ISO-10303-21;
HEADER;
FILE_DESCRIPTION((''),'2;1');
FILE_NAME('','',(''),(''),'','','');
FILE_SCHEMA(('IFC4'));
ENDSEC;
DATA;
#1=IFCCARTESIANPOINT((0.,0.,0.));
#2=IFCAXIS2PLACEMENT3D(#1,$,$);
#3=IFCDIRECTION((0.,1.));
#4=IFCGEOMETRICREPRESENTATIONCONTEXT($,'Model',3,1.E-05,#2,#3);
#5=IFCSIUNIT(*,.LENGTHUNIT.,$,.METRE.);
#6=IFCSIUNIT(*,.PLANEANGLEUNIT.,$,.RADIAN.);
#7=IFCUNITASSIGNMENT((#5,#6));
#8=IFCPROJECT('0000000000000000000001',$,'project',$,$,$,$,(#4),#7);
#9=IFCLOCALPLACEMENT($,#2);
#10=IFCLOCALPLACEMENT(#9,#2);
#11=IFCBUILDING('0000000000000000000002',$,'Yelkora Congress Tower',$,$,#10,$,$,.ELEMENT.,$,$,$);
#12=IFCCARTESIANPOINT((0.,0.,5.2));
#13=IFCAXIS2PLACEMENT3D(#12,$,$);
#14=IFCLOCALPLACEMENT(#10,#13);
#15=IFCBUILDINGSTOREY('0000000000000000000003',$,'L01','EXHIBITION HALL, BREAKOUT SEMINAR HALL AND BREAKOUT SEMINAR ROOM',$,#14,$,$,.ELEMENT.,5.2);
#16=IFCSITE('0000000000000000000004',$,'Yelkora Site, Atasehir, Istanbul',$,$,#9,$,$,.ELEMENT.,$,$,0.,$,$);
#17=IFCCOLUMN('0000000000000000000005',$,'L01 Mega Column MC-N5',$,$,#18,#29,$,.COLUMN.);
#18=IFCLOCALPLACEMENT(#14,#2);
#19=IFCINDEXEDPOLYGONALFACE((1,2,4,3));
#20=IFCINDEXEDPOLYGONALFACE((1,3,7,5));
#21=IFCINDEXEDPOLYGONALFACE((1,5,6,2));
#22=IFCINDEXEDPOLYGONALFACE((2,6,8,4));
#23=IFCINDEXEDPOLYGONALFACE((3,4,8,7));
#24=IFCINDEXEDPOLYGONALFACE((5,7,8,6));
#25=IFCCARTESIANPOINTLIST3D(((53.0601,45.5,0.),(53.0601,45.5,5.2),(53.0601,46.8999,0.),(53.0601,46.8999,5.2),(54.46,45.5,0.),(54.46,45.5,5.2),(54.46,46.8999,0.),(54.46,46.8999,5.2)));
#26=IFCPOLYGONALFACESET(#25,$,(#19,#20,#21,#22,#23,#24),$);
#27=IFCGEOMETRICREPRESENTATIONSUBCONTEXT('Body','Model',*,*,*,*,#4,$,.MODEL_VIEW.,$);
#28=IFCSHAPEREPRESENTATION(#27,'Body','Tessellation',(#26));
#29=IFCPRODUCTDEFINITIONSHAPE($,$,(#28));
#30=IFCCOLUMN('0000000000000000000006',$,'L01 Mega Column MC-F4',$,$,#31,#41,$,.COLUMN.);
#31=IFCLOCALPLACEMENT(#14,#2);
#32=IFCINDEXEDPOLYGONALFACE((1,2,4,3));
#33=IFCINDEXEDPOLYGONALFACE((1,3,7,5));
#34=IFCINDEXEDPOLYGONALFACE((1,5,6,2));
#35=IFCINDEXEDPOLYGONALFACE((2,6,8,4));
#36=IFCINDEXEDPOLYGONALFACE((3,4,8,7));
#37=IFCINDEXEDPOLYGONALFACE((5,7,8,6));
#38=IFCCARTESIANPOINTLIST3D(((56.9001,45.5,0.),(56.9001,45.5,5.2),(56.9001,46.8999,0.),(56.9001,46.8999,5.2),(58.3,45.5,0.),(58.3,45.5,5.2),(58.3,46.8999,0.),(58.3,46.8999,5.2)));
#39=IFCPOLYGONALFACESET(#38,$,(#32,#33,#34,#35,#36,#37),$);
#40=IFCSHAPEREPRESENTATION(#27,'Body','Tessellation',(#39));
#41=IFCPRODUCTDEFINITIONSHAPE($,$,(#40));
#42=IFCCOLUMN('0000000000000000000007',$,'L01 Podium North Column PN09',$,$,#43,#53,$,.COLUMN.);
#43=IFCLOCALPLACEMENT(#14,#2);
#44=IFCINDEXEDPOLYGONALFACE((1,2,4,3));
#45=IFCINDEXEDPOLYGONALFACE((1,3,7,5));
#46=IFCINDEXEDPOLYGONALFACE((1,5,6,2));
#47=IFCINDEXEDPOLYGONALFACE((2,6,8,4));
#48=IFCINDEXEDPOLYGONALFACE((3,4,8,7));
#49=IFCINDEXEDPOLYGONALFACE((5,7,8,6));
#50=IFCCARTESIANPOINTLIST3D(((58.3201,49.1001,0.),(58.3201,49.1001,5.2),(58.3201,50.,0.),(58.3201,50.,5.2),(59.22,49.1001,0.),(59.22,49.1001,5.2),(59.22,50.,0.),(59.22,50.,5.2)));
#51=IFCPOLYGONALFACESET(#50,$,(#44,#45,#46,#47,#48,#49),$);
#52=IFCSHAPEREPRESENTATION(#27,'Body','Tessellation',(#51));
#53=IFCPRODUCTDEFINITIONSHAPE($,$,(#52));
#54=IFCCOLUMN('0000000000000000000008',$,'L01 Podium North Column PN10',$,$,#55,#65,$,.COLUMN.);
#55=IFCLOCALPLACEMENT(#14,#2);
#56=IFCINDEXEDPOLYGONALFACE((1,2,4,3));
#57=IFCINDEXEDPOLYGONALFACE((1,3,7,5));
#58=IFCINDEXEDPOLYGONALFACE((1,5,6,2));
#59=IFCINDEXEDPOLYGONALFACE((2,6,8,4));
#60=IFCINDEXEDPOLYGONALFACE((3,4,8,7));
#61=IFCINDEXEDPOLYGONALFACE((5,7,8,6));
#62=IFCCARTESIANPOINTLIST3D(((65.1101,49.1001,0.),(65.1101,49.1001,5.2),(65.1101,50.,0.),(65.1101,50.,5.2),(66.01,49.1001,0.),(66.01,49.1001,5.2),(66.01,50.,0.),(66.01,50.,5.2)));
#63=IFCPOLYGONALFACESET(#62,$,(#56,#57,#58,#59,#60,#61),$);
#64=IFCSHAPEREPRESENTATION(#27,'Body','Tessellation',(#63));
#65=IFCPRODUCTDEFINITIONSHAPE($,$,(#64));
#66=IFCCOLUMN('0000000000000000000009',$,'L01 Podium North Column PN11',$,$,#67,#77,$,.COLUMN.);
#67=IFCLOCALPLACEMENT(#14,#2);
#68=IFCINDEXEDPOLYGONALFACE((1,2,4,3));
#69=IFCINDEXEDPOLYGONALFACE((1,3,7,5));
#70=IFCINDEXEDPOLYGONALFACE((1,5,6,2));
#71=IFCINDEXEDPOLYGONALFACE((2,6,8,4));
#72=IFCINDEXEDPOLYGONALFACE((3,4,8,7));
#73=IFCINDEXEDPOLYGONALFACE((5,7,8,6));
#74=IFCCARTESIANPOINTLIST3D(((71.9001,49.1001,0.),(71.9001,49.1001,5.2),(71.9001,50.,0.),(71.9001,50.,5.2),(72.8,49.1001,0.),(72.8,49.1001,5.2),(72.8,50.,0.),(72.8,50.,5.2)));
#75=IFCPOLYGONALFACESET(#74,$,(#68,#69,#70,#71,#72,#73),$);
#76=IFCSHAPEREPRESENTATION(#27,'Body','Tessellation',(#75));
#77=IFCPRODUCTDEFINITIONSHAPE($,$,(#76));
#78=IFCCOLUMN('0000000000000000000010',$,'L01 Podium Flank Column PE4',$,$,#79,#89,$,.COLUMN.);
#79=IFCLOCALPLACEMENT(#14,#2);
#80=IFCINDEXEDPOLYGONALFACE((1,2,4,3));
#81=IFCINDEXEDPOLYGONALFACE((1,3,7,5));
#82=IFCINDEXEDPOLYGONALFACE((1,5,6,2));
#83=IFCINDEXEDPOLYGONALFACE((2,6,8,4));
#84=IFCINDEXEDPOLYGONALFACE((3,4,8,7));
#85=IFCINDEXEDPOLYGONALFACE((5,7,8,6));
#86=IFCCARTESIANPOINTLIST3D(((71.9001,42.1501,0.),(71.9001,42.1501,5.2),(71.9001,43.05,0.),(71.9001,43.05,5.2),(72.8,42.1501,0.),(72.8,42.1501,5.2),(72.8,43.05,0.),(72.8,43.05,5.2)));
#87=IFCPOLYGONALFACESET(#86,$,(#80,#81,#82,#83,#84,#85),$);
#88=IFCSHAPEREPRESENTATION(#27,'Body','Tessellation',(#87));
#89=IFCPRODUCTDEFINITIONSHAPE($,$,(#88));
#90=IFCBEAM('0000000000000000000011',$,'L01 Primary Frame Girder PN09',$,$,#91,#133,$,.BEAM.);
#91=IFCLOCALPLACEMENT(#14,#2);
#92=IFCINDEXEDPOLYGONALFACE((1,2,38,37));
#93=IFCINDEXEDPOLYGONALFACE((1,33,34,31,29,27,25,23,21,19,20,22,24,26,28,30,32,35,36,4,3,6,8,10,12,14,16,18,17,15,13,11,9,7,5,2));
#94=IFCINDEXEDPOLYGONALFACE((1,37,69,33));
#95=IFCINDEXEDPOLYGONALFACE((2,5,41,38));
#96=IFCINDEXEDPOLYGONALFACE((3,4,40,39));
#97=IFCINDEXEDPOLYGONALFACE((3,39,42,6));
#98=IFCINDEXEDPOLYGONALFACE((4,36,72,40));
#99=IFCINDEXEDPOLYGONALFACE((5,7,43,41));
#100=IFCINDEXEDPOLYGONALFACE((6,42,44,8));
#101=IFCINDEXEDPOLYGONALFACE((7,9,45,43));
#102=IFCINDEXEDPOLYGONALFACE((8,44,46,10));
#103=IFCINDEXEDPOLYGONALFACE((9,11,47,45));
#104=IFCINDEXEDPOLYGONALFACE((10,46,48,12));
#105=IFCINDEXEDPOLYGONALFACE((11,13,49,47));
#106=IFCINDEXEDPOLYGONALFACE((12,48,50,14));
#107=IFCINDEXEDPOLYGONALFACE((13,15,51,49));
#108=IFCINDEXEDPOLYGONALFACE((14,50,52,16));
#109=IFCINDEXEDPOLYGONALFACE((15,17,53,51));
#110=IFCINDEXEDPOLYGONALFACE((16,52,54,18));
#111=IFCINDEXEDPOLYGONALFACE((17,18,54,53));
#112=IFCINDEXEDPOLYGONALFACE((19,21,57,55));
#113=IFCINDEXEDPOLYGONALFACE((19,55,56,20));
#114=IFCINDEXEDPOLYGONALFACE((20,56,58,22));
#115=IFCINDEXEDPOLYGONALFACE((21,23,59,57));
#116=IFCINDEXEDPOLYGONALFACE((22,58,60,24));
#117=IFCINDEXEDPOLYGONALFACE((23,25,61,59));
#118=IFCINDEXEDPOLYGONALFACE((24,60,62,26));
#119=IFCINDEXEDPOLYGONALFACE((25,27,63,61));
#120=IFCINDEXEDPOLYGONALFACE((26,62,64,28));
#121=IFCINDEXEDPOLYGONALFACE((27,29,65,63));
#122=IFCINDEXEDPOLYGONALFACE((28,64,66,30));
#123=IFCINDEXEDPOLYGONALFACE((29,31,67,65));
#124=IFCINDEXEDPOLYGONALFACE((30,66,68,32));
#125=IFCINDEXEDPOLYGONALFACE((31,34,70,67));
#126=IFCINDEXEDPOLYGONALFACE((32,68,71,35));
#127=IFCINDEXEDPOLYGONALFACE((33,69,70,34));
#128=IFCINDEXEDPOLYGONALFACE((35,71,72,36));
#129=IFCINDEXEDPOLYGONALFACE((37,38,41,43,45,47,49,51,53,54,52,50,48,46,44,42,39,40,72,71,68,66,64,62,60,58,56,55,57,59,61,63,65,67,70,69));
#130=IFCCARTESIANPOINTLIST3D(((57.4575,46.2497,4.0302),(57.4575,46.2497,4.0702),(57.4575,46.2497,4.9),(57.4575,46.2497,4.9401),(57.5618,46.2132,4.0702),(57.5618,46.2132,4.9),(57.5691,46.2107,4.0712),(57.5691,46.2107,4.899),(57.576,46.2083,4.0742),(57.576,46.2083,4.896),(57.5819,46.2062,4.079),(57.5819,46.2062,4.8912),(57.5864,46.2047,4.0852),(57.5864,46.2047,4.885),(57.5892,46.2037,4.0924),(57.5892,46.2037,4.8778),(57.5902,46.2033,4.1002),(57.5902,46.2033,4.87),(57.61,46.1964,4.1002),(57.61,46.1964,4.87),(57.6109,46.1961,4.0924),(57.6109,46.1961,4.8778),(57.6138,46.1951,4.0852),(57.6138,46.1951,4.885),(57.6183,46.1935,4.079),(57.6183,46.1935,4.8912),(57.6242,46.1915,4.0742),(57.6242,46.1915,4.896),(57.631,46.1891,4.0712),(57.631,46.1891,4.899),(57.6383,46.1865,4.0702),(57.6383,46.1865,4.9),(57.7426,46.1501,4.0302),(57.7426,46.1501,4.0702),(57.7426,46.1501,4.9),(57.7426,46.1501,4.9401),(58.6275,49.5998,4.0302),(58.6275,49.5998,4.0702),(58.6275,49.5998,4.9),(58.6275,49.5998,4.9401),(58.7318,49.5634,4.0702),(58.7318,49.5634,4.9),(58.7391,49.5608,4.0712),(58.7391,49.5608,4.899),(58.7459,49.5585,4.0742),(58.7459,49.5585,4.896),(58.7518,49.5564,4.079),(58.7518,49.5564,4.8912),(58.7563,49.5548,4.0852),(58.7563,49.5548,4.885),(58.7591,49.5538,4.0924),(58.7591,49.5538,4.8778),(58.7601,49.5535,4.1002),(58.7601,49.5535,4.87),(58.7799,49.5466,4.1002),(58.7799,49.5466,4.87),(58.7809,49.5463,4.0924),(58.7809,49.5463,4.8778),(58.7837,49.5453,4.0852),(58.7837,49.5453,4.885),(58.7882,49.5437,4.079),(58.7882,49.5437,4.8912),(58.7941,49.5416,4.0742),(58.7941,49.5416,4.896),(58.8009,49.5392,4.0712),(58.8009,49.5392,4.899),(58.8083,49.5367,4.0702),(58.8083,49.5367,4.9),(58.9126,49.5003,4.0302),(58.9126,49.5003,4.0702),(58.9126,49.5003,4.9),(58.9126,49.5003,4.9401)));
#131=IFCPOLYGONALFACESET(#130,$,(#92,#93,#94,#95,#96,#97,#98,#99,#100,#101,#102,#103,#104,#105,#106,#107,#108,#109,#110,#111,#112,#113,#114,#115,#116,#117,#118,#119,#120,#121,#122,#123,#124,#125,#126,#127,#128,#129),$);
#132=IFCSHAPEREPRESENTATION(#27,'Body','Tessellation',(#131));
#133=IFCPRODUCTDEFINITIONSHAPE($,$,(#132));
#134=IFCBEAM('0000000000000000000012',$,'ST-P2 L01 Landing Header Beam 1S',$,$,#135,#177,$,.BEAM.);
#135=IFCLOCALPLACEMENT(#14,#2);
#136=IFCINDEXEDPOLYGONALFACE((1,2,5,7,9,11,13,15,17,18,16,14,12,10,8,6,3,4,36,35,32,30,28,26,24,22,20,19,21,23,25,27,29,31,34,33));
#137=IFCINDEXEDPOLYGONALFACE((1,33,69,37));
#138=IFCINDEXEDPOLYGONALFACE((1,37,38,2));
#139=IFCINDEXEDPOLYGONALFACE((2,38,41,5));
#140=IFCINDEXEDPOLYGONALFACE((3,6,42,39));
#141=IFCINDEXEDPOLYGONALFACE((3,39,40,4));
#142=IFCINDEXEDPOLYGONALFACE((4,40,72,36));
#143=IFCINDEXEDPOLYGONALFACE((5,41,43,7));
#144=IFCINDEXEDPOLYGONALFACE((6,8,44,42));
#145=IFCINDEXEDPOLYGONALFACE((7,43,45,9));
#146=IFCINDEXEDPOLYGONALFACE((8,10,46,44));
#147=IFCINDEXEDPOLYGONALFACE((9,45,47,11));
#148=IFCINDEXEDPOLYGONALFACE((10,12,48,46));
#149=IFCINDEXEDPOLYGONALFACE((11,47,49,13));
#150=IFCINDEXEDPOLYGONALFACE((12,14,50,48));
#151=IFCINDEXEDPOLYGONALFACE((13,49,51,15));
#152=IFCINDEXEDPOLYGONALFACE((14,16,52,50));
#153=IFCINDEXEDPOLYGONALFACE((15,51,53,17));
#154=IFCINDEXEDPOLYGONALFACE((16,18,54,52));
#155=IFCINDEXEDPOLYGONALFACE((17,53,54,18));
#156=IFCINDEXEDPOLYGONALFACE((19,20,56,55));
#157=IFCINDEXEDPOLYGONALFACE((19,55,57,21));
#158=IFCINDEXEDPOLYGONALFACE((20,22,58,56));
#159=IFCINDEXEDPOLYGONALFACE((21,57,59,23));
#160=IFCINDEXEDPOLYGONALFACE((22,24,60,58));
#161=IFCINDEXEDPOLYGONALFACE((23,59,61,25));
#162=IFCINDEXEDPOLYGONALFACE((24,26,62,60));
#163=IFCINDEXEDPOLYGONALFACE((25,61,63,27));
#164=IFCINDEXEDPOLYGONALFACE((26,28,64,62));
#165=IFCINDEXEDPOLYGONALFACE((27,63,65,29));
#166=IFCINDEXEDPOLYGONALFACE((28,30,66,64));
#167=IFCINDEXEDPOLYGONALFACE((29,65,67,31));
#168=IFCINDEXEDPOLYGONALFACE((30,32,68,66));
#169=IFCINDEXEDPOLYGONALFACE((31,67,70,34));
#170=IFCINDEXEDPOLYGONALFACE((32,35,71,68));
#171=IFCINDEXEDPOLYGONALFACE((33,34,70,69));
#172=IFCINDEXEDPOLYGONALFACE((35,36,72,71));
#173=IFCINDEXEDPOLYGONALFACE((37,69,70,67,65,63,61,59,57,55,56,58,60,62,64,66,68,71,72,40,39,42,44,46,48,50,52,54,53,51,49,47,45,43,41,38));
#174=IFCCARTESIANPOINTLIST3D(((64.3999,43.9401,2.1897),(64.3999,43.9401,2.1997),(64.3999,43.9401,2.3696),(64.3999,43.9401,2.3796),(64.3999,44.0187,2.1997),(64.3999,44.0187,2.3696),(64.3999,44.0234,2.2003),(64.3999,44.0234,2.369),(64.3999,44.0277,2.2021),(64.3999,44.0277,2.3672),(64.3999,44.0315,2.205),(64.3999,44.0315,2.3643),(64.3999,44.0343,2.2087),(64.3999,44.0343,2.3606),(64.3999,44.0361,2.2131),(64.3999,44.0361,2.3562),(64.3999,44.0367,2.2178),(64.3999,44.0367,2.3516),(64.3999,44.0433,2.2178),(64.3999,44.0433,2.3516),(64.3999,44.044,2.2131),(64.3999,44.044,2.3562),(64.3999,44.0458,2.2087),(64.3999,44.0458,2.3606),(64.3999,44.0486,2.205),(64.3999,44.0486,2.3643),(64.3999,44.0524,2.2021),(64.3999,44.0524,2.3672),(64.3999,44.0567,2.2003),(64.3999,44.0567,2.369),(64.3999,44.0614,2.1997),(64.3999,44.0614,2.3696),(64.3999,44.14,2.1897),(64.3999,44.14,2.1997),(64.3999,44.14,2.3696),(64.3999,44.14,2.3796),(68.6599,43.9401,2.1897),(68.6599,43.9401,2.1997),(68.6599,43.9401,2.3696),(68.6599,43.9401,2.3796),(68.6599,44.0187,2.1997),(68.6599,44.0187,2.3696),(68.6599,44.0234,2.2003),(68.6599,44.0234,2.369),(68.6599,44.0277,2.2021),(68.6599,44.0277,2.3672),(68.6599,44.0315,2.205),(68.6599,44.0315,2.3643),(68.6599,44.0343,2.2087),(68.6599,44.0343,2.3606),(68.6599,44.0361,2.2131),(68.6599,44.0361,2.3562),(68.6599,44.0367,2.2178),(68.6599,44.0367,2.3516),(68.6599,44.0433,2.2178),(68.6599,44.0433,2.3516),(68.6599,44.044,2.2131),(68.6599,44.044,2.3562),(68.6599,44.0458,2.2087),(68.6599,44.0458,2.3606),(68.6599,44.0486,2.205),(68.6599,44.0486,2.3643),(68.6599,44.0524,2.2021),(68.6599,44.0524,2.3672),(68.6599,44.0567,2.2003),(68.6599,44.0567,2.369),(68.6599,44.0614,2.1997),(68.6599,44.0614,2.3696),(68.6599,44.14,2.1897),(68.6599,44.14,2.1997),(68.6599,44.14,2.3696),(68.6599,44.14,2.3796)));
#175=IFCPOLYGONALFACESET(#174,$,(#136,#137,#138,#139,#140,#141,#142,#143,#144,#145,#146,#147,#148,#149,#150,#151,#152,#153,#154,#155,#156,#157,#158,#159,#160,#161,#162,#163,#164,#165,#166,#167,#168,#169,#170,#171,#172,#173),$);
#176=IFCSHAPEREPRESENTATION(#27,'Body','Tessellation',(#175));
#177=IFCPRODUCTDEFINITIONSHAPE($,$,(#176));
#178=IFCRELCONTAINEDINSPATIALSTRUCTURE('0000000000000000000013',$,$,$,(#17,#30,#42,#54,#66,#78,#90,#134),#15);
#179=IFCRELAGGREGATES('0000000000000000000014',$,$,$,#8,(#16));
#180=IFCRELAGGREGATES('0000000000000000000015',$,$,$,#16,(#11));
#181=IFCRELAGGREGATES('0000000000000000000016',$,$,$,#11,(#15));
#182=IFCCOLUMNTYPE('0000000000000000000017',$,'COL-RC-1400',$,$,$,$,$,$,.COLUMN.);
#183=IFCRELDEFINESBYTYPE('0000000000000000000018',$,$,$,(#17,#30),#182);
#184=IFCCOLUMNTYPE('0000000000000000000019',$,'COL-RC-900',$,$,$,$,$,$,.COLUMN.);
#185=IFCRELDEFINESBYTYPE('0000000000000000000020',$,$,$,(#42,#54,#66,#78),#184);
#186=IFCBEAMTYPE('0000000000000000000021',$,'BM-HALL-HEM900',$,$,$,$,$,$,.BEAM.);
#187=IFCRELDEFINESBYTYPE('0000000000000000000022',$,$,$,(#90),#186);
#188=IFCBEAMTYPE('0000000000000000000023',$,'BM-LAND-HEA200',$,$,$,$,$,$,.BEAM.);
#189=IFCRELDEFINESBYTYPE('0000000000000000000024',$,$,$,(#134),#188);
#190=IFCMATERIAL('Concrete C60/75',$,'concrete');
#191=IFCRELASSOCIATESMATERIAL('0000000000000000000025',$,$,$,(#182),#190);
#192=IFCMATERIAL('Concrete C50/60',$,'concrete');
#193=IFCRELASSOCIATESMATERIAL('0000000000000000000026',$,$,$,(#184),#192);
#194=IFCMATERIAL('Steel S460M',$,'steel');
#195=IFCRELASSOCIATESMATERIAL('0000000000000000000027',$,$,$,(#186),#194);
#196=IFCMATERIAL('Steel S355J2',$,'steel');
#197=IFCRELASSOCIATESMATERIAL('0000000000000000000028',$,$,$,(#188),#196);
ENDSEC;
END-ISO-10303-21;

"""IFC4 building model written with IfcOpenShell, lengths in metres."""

from ifc_helpers import new_model, si_unit, direction, frame, origin, origin_2d, place, context, subcontext, project, spatial, rectangle, i_section, extrude, material, material_profile, profile_set, type_object, element, save


model = new_model("IFC4")

# Units and contexts
model_context = context("Model", 3, precision=1e-05, world=origin(), true_north=direction((0.0, 1.0)))
body_context = subcontext(model_context, "Body", "Model", "MODEL_VIEW")
ifc_project = project(units=[si_unit("LENGTHUNIT", "METRE"), si_unit("PLANEANGLEUNIT", "RADIAN")], contexts=[model_context])

# Site, building, storey
site_placement = place(None, origin())
site = spatial("IfcSite", under=ifc_project, at=site_placement, Name="Yelkora Site, Atasehir, Istanbul", CompositionType="ELEMENT", RefElevation=0.0)
building_placement = place(site_placement, origin())
building = spatial("IfcBuilding", under=site, at=building_placement, Name="Yelkora Congress Tower", CompositionType="ELEMENT")
storey_placement = place(building_placement, frame((0.0, 0.0, 5.2)))
storey = spatial("IfcBuildingStorey", under=building, at=storey_placement, Name="L01", Description="EXHIBITION HALL, BREAKOUT SEMINAR HALL AND BREAKOUT SEMINAR ROOM", CompositionType="ELEMENT", Elevation=5.2)

# Columns
ifc_material_1 = material(Name="Concrete C60/75", Category="concrete")
ifc_material_profile_1 = material_profile(ifc_material_1, rectangle(XDim=1.3999, YDim=1.3999, at=origin_2d()), Name="RC 1400x1400")
ifc_profile_set_1 = profile_set([ifc_material_profile_1], Name="Concrete C60/75")
column_type_1 = type_object("IfcColumnType", Name="COL-RC-1400", PredefinedType="COLUMN", material=ifc_profile_set_1)
for number, where, z_axis, x_axis, name in (
    (1, (53.76, 46.2, 0.0), (0.0, 0.0, 1.0), (1.0, 0.0, 0.0), "L01 Mega Column MC-N5"),
    (2, (57.6001, 46.2, 0.0), (0.0, 0.0, 1.0), (1.0, 0.0, 0.0), "L01 Mega Column MC-F4"),
):
    element("IfcColumn", number, at=place(storey_placement, frame(where, z_axis=z_axis, x_axis=x_axis)), inside=storey, type_object=column_type_1, Name=name, PredefinedType="COLUMN", context=body_context, shape_type="SweptSolid", body=[
        extrude(rectangle(XDim=1.3999, YDim=1.3999, at=origin_2d()), origin(), (0.0, 0.0, 1.0), 5.2),
    ])
ifc_material_2 = material(Name="Concrete C50/60", Category="concrete")
ifc_material_profile_2 = material_profile(ifc_material_2, rectangle(XDim=0.8999, YDim=0.8999, at=origin_2d()), Name="RC 900x900")
ifc_profile_set_2 = profile_set([ifc_material_profile_2], Name="Concrete C50/60")
column_type_2 = type_object("IfcColumnType", Name="COL-RC-900", PredefinedType="COLUMN", material=ifc_profile_set_2)
for number, where, z_axis, x_axis, name in (
    (3, (58.77, 49.55, 0.0), (0.0, 0.0, 1.0), (1.0, 0.0, 0.0), "L01 Podium North Column PN09"),
    (4, (65.5601, 49.55, 0.0), (0.0, 0.0, 1.0), (1.0, 0.0, 0.0), "L01 Podium North Column PN10"),
    (5, (72.3501, 49.55, 0.0), (0.0, 0.0, 1.0), (1.0, 0.0, 0.0), "L01 Podium North Column PN11"),
    (6, (72.3501, 42.6001, 0.0), (0.0, 0.0, 1.0), (1.0, 0.0, 0.0), "L01 Podium Flank Column PE4"),
):
    element("IfcColumn", number, at=place(storey_placement, frame(where, z_axis=z_axis, x_axis=x_axis)), inside=storey, type_object=column_type_2, Name=name, PredefinedType="COLUMN", context=body_context, shape_type="SweptSolid", body=[
        extrude(rectangle(XDim=0.8999, YDim=0.8999, at=origin_2d()), origin(), (0.0, 0.0, 1.0), 5.2),
    ])

# Beams
ifc_material_3 = material(Name="Steel S460M", Category="steel")
ifc_material_profile_3 = material_profile(ifc_material_3, i_section(OverallWidth=0.302, OverallDepth=0.9099, WebThickness=0.021, FlangeThickness=0.04, FilletRadius=0.03, at=origin_2d()), Name="HEM 900")
ifc_profile_set_3 = profile_set([ifc_material_profile_3], Name="Steel S460M")
beam_type_1 = type_object("IfcBeamType", Name="BM-HALL-HEM900", PredefinedType="BEAM", material=ifc_profile_set_3)
beam_1_placement = place(storey_placement, frame((58.77, 49.55, 4.4851), z_axis=(-0.329695, -0.944088, 0.0), x_axis=(0.944088, -0.329695, 0.0)))
element("IfcBeam", 7, at=beam_1_placement, inside=storey, type_object=beam_type_1, Name="L01 Primary Frame Girder PN09", PredefinedType="BEAM", context=body_context, shape_type="SweptSolid", body=[
    extrude(i_section(OverallWidth=0.302, OverallDepth=0.9099, WebThickness=0.021, FlangeThickness=0.04, FilletRadius=0.03, at=origin_2d()), origin(), (0.0, 0.0, 1.0), 3.5486),
])
ifc_material_4 = material(Name="Steel S355J2", Category="steel")
ifc_material_profile_4 = material_profile(ifc_material_4, i_section(OverallWidth=0.2, OverallDepth=0.1899, WebThickness=0.0066, FlangeThickness=0.01, FilletRadius=0.0181, at=origin_2d()), Name="HEA 200")
ifc_profile_set_4 = profile_set([ifc_material_profile_4], Name="Steel S355J2")
beam_type_2 = type_object("IfcBeamType", Name="BM-LAND-HEA200", PredefinedType="BEAM", material=ifc_profile_set_4)
for number, where, z_axis, x_axis, name in (
    (8, (64.3999, 44.04, 2.2847), (1.0, 0.0, 0.0), (0.0, 1.0, 0.0), "ST-P2 L01 Landing Header Beam 1S"),
):
    element("IfcBeam", number, at=place(storey_placement, frame(where, z_axis=z_axis, x_axis=x_axis)), inside=storey, type_object=beam_type_2, Name=name, PredefinedType="BEAM", context=body_context, shape_type="SweptSolid", body=[
        extrude(i_section(OverallWidth=0.2, OverallDepth=0.1899, WebThickness=0.0066, FlangeThickness=0.01, FilletRadius=0.0181, at=origin_2d()), origin(), (0.0, 0.0, 1.0), 4.26),
    ])

save(model, "model.ifc")
